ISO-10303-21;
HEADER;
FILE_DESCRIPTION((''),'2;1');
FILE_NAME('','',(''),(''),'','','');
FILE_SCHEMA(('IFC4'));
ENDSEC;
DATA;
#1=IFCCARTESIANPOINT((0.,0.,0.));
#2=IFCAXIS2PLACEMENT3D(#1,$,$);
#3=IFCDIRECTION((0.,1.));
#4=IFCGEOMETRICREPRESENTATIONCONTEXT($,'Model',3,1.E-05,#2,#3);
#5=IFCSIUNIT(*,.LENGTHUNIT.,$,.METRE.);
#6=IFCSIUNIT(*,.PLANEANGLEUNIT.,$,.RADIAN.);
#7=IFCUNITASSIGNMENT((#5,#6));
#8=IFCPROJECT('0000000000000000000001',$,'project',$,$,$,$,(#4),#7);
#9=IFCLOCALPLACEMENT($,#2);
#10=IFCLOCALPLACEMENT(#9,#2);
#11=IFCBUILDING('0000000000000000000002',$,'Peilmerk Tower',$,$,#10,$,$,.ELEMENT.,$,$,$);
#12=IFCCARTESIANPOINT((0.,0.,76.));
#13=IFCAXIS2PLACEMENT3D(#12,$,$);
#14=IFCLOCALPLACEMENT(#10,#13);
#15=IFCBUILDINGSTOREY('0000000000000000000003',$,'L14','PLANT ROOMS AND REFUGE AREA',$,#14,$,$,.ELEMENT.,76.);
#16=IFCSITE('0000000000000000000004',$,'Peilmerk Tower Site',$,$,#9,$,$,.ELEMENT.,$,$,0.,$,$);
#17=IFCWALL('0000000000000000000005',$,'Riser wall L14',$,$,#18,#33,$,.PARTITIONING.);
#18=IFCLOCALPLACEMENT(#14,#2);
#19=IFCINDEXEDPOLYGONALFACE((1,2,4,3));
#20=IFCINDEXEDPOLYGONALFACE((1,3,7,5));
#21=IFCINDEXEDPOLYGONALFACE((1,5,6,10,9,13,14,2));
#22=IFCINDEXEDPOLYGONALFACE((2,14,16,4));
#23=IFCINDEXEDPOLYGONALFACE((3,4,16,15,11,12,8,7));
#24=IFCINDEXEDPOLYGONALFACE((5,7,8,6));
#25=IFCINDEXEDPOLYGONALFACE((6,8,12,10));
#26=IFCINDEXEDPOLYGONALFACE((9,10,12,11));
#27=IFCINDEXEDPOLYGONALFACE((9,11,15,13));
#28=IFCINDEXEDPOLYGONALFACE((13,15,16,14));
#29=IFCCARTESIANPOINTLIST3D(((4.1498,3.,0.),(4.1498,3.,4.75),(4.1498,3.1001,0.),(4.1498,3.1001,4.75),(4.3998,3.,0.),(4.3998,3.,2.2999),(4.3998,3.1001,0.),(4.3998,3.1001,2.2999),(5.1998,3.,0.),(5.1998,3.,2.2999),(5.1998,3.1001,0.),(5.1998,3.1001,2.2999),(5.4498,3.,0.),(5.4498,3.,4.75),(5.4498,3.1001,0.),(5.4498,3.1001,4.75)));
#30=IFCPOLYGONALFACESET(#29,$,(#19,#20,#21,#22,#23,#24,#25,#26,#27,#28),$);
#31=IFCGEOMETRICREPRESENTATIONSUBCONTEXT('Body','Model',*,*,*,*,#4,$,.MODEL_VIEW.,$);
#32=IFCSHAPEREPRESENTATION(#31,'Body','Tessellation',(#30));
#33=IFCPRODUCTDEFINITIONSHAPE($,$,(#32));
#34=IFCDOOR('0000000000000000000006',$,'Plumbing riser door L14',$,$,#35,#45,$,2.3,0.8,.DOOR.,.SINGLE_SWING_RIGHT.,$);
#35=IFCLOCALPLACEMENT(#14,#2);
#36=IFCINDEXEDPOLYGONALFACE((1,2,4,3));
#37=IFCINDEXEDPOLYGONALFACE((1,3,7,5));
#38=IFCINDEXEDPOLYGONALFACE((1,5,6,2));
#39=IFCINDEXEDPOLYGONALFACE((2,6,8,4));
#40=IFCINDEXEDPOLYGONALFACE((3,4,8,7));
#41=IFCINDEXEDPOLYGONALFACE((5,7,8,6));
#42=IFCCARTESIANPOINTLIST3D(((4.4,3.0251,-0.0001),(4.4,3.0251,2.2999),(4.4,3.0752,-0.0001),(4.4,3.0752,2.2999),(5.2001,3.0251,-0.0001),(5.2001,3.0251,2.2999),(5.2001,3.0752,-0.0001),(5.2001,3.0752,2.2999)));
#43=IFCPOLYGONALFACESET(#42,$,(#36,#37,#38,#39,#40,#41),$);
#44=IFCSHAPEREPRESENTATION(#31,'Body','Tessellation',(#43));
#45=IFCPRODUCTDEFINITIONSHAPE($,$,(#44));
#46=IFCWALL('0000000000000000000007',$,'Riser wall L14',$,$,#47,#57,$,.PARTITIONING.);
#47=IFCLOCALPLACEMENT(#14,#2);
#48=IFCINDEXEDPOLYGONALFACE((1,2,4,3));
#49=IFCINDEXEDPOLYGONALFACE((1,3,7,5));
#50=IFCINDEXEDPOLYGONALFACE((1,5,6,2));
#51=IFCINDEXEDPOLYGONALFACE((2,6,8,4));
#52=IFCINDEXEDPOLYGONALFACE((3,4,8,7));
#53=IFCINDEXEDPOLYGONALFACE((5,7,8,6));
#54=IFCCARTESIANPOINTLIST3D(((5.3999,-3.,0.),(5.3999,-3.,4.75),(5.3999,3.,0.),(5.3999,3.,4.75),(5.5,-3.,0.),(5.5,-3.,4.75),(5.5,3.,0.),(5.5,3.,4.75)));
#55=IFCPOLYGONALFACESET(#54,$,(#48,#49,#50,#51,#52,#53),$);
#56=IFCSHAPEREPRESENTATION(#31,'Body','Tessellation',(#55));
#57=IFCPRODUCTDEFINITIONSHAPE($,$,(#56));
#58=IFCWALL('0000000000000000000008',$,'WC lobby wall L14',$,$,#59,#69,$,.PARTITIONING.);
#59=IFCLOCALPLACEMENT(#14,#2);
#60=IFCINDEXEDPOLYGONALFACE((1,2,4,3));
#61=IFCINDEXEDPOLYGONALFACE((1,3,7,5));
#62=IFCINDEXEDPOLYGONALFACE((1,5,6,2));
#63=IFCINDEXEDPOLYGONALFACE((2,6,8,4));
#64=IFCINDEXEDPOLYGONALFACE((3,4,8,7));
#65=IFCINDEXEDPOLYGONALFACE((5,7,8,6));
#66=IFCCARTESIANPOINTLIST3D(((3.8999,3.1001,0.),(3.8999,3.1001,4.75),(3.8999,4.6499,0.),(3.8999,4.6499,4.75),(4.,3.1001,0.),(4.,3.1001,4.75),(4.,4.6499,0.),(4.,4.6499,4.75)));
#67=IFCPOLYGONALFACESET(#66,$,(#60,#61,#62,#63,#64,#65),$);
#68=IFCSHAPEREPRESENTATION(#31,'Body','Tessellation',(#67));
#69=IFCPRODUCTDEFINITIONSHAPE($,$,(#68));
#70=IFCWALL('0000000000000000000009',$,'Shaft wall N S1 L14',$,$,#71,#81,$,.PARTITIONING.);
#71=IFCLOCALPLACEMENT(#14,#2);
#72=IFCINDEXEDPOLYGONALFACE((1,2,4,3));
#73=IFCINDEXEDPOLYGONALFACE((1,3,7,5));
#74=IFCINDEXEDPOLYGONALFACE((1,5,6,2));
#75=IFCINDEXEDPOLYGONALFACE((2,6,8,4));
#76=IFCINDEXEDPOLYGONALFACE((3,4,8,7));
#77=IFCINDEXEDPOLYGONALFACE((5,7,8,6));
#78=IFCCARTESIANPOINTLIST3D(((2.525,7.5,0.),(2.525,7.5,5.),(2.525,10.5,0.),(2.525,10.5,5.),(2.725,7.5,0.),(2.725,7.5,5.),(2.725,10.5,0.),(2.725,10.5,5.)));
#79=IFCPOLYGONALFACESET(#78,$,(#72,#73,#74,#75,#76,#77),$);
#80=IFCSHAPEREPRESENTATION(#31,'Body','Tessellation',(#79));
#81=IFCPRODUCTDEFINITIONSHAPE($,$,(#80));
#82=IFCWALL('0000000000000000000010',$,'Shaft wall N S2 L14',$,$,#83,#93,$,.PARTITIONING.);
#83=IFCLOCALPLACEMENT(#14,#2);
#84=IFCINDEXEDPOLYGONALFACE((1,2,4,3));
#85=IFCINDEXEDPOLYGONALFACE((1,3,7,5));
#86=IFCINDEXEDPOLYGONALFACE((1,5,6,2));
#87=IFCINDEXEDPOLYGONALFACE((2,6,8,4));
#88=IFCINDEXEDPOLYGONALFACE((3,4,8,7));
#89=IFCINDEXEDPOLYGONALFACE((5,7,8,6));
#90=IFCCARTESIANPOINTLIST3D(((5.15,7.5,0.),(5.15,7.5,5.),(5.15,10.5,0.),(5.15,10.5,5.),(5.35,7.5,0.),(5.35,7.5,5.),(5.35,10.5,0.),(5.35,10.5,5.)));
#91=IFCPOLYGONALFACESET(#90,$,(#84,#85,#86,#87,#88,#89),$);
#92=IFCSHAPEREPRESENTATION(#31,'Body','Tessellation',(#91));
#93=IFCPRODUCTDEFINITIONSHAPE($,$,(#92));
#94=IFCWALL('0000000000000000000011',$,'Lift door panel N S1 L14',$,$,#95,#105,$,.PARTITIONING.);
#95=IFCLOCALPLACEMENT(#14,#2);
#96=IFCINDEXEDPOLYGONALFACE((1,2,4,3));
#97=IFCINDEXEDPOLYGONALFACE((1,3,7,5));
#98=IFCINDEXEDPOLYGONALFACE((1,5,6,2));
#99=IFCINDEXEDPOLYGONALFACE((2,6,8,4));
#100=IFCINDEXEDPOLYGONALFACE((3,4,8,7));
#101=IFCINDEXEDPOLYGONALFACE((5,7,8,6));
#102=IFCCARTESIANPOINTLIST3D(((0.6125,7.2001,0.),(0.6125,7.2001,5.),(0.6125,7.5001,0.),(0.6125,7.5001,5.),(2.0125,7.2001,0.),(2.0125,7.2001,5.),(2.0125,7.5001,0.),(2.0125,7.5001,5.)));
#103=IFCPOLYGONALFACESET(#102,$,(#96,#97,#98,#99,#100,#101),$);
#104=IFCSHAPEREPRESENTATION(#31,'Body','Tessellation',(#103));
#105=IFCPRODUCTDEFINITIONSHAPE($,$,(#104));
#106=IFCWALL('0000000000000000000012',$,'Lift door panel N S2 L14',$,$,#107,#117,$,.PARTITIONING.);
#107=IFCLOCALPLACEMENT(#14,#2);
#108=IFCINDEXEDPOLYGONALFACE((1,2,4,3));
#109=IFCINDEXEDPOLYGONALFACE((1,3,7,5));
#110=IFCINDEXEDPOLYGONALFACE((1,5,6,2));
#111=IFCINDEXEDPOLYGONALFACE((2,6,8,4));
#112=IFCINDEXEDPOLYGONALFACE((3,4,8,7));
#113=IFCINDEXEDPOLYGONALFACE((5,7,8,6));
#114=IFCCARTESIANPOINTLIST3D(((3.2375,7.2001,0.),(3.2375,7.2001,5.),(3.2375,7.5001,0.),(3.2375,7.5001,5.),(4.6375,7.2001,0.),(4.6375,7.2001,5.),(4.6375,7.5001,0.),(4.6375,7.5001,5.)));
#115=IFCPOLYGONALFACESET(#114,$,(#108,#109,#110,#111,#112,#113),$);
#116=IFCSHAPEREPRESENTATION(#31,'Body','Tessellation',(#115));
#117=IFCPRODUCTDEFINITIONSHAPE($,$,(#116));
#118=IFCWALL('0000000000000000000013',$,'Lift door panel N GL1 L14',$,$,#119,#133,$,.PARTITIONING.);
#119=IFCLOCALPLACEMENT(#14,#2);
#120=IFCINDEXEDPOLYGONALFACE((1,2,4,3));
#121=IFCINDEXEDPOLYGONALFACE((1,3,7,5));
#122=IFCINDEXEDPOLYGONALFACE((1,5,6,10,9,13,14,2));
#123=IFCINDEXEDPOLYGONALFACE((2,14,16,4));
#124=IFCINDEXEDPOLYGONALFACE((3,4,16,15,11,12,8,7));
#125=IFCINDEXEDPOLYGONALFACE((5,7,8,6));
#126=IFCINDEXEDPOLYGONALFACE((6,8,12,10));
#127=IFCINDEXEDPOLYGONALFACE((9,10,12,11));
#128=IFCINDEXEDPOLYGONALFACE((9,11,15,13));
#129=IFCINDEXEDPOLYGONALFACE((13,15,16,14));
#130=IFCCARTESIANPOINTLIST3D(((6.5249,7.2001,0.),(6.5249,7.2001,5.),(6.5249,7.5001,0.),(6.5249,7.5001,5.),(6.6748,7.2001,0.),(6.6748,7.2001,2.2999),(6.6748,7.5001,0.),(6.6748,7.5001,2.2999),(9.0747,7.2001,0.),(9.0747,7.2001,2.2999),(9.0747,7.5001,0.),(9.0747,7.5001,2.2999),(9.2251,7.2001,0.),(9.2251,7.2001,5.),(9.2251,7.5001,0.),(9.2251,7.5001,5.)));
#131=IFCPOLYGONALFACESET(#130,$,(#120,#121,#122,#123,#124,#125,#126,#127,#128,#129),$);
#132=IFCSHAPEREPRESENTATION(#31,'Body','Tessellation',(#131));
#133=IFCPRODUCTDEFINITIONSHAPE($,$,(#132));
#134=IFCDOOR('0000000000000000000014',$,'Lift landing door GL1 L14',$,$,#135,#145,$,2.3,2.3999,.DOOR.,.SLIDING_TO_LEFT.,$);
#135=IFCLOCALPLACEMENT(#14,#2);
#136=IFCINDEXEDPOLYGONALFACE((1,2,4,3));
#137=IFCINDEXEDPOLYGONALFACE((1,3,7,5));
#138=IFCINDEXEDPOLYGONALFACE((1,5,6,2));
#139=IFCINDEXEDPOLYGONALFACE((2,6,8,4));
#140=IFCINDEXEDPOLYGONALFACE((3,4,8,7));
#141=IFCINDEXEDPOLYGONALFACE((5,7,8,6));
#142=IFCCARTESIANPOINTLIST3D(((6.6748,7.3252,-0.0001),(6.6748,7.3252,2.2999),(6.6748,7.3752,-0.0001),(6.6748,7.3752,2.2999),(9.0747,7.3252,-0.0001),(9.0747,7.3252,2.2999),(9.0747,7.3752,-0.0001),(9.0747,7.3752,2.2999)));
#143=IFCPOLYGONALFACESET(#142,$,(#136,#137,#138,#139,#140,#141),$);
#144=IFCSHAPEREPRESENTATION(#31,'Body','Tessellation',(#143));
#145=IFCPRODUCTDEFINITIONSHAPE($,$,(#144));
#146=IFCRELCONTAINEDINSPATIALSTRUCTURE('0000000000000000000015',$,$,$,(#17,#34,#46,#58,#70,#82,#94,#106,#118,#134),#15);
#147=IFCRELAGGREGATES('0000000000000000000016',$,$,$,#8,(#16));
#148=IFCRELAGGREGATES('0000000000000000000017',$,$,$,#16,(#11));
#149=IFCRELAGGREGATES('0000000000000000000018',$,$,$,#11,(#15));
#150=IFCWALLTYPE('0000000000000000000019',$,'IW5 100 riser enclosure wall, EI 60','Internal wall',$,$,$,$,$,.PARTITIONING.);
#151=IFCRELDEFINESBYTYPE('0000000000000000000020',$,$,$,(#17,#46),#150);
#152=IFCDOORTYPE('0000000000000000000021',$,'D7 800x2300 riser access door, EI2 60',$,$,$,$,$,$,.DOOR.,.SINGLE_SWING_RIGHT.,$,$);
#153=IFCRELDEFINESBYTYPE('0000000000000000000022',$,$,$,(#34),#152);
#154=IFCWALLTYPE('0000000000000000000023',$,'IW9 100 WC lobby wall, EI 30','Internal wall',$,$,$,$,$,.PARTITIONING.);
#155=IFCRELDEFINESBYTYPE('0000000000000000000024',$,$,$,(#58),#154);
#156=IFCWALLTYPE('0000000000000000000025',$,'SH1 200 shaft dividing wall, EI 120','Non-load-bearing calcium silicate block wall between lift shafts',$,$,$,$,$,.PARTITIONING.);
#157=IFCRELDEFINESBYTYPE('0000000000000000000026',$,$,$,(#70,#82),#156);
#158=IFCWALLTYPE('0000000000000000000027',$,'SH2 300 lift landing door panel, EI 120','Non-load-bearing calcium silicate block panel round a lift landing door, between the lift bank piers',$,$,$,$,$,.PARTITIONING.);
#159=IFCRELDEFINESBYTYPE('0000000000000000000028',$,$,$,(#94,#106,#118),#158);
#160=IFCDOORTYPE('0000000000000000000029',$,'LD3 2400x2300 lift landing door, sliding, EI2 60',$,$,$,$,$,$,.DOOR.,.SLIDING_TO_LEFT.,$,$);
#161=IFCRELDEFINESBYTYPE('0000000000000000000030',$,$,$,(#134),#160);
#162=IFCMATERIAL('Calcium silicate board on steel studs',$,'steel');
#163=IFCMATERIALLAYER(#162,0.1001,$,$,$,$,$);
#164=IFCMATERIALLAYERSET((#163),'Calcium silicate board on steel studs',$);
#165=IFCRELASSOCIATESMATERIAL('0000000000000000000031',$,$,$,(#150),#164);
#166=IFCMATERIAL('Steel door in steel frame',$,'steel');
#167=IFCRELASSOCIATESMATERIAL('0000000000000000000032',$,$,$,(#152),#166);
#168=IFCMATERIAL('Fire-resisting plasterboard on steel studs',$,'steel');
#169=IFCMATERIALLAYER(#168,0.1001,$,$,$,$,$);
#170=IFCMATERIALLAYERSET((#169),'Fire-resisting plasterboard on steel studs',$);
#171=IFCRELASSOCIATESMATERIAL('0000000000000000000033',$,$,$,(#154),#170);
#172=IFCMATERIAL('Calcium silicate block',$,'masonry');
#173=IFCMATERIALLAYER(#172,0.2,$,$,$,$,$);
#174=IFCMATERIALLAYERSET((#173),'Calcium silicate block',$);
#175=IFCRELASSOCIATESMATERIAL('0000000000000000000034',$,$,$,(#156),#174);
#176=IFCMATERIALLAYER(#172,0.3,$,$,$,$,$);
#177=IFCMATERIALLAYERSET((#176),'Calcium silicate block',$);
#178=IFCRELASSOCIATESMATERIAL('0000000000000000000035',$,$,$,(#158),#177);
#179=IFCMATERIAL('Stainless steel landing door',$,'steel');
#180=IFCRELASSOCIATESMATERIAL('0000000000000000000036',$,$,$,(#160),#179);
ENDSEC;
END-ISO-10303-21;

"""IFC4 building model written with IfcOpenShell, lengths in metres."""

from ifc_helpers import new_model, si_unit, direction, frame, frame_2d, origin, place, context, subcontext, project, spatial, rectangle, extrude, material, layer, layer_set, type_object, element, fill, save


model = new_model("IFC4")

# Units and contexts
model_context = context("Model", 3, precision=1e-05, world=origin(), true_north=direction((0.0, 1.0)))
body_context = subcontext(model_context, "Body", "Model", "MODEL_VIEW")
ifc_project = project(units=[si_unit("LENGTHUNIT", "METRE"), si_unit("PLANEANGLEUNIT", "RADIAN")], contexts=[model_context])

# Site, building, storey
site_placement = place(None, origin())
site = spatial("IfcSite", under=ifc_project, at=site_placement, Name="Peilmerk Tower Site", CompositionType="ELEMENT", RefElevation=0.0)
building_placement = place(site_placement, origin())
building = spatial("IfcBuilding", under=site, at=building_placement, Name="Peilmerk Tower", CompositionType="ELEMENT")
storey_placement = place(building_placement, frame((0.0, 0.0, 76.0)))
storey = spatial("IfcBuildingStorey", under=building, at=storey_placement, Name="L14", Description="PLANT ROOMS AND REFUGE AREA", CompositionType="ELEMENT", Elevation=76.0)

# Wall, opening, door
ifc_material_1 = material(Name="Calcium silicate board on steel studs", Category="steel")
ifc_layer_1 = layer(ifc_material_1, 0.1001)
ifc_layer_set_1 = layer_set([ifc_layer_1], Name="Calcium silicate board on steel studs")
wall_type_1 = type_object("IfcWallType", Name="IW5 100 riser enclosure wall, EI 60", Description="Internal wall", PredefinedType="PARTITIONING", material=ifc_layer_set_1)
wall_1_placement = place(storey_placement, frame((4.1499, 3.05, 0.0), z_axis=(0.0, 0.0, 1.0), x_axis=(1.0, 0.0, 0.0)))
wall_1 = element("IfcWall", 1, at=wall_1_placement, inside=storey, type_object=wall_type_1, Name="Riser wall L14", PredefinedType="PARTITIONING", context=body_context, shape_type="SweptSolid", body=[
    extrude(rectangle(XDim=1.3, YDim=0.1001, at=frame_2d((0.6499, 0.0))), origin(), (0.0, 0.0, 1.0), 4.75),
])
opening_1_placement = place(wall_1_placement, frame((0.25, 0.0, 0.0)))
opening_1 = element("IfcOpeningElement", 2, at=opening_1_placement, cuts=wall_1, PredefinedType="OPENING", context=body_context, shape_type="SweptSolid", body=[
    extrude(rectangle(XDim=0.8, YDim=2.3, at=frame_2d((0.3999, 1.1499))), frame((0.0, 0.0601, 0.0), z_axis=(0.0, -1.0, 0.0), x_axis=(1.0, 0.0, 0.0)), (0.0, 0.0, 1.0), 0.1201),
])
ifc_material_2 = material(Name="Steel door in steel frame", Category="steel")
door_type_1 = type_object("IfcDoorType", Name="D7 800x2300 riser access door, EI2 60", OperationType="SINGLE_SWING_RIGHT", PredefinedType="DOOR", material=ifc_material_2)
door_1_placement = place(opening_1_placement, frame((0.8, 0.0, 0.0), z_axis=(0.0, 0.0, 1.0), x_axis=(-1.0, 0.0, 0.0)))
door_1 = element("IfcDoor", 3, at=door_1_placement, inside=storey, type_object=door_type_1, Name="Plumbing riser door L14", OperationType="SINGLE_SWING_RIGHT", OverallHeight=2.3, OverallWidth=0.8, PredefinedType="DOOR", context=body_context, shape_type="SweptSolid", body=[
    extrude(rectangle(XDim=0.8, YDim=2.3, at=frame_2d((0.3999, 1.1499))), frame((0.0, 0.0249, 0.0), z_axis=(0.0, -1.0, 0.0), x_axis=(1.0, 0.0, 0.0)), (0.0, 0.0, 1.0), 0.05),
])
fill(opening_1, door_1)

# Walls
wall_2_placement = place(storey_placement, frame((5.45, 3.0, 0.0), z_axis=(0.0, 0.0, 1.0), x_axis=(0.0, -1.0, 0.0)))
element("IfcWall", 4, at=wall_2_placement, inside=storey, type_object=wall_type_1, Name="Riser wall L14", PredefinedType="PARTITIONING", context=body_context, shape_type="SweptSolid", body=[
    extrude(rectangle(XDim=6.0, YDim=0.1001, at=frame_2d((3.0, 0.0))), origin(), (0.0, 0.0, 1.0), 4.75),
])
ifc_material_3 = material(Name="Fire-resisting plasterboard on steel studs", Category="steel")
ifc_layer_2 = layer(ifc_material_3, 0.1001)
ifc_layer_set_2 = layer_set([ifc_layer_2], Name="Fire-resisting plasterboard on steel studs")
wall_type_2 = type_object("IfcWallType", Name="IW9 100 WC lobby wall, EI 30", Description="Internal wall", PredefinedType="PARTITIONING", material=ifc_layer_set_2)
wall_3_placement = place(storey_placement, frame((3.95, 3.1001, 0.0), z_axis=(0.0, 0.0, 1.0), x_axis=(0.0, 1.0, 0.0)))
element("IfcWall", 5, at=wall_3_placement, inside=storey, type_object=wall_type_2, Name="WC lobby wall L14", PredefinedType="PARTITIONING", context=body_context, shape_type="SweptSolid", body=[
    extrude(rectangle(XDim=1.5498, YDim=0.1001, at=frame_2d((0.7749, 0.0))), origin(), (0.0, 0.0, 1.0), 4.75),
])
ifc_material_4 = material(Name="Calcium silicate block", Category="masonry")
ifc_layer_3 = layer(ifc_material_4, 0.2)
ifc_layer_set_3 = layer_set([ifc_layer_3], Name="Calcium silicate block")
wall_type_3 = type_object("IfcWallType", Name="SH1 200 shaft dividing wall, EI 120", Description="Non-load-bearing calcium silicate block wall between lift shafts", PredefinedType="PARTITIONING", material=ifc_layer_set_3)
for number, where, z_axis, x_axis, name in (
    (6, (2.625, 7.5, 0.0), (0.0, 0.0, 1.0), (0.0, 1.0, 0.0), "Shaft wall N S1 L14"),
    (7, (5.25, 7.5, 0.0), (0.0, 0.0, 1.0), (0.0, 1.0, 0.0), "Shaft wall N S2 L14"),
):
    element("IfcWall", number, at=place(storey_placement, frame(where, z_axis=z_axis, x_axis=x_axis)), inside=storey, type_object=wall_type_3, Name=name, PredefinedType="PARTITIONING", context=body_context, shape_type="SweptSolid", body=[
        extrude(rectangle(XDim=3.0, YDim=0.2, at=frame_2d((1.5, 0.0))), origin(), (0.0, 0.0, 1.0), 5.0),
    ])
ifc_layer_4 = layer(ifc_material_4, 0.3)
ifc_layer_set_4 = layer_set([ifc_layer_4], Name="Calcium silicate block")
wall_type_4 = type_object("IfcWallType", Name="SH2 300 lift landing door panel, EI 120", Description="Non-load-bearing calcium silicate block panel round a lift landing door, between the lift bank piers", PredefinedType="PARTITIONING", material=ifc_layer_set_4)
for number, where, z_axis, x_axis, name in (
    (8, (0.6125, 7.3501, 0.0), (0.0, 0.0, 1.0), (1.0, 0.0, 0.0), "Lift door panel N S1 L14"),
    (9, (3.2375, 7.3501, 0.0), (0.0, 0.0, 1.0), (1.0, 0.0, 0.0), "Lift door panel N S2 L14"),
):
    element("IfcWall", number, at=place(storey_placement, frame(where, z_axis=z_axis, x_axis=x_axis)), inside=storey, type_object=wall_type_4, Name=name, PredefinedType="PARTITIONING", context=body_context, shape_type="SweptSolid", body=[
        extrude(rectangle(XDim=1.3999, YDim=0.3, at=frame_2d((0.7, 0.0))), origin(), (0.0, 0.0, 1.0), 5.0),
    ])

# Wall, opening, door
wall_4_placement = place(storey_placement, frame((6.5249, 7.3501, 0.0), z_axis=(0.0, 0.0, 1.0), x_axis=(1.0, 0.0, 0.0)))
wall_4 = element("IfcWall", 10, at=wall_4_placement, inside=storey, type_object=wall_type_4, Name="Lift door panel N GL1 L14", PredefinedType="PARTITIONING", context=body_context, shape_type="SweptSolid", body=[
    extrude(rectangle(XDim=2.7002, YDim=0.3, at=frame_2d((1.3501, 0.0))), origin(), (0.0, 0.0, 1.0), 5.0),
])
opening_2_placement = place(wall_4_placement, frame((0.1499, 0.0, 0.0)))
opening_2 = element("IfcOpeningElement", 11, at=opening_2_placement, cuts=wall_4, PredefinedType="OPENING", context=body_context, shape_type="SweptSolid", body=[
    extrude(rectangle(XDim=2.3999, YDim=2.3, at=frame_2d((1.2, 1.1499))), frame((0.0, 0.1599, 0.0), z_axis=(0.0, -1.0, 0.0), x_axis=(1.0, 0.0, 0.0)), (0.0, 0.0, 1.0), 0.3201),
])
ifc_material_5 = material(Name="Stainless steel landing door", Category="steel")
door_type_2 = type_object("IfcDoorType", Name="LD3 2400x2300 lift landing door, sliding, EI2 60", OperationType="SLIDING_TO_LEFT", PredefinedType="DOOR", material=ifc_material_5)
door_2_placement = place(opening_2_placement, frame((2.3999, 0.0, 0.0), z_axis=(0.0, 0.0, 1.0), x_axis=(-1.0, 0.0, 0.0)))
door_2 = element("IfcDoor", 12, at=door_2_placement, inside=storey, type_object=door_type_2, Name="Lift landing door GL1 L14", OperationType="SLIDING_TO_LEFT", OverallHeight=2.3, OverallWidth=2.3999, PredefinedType="DOOR", context=body_context, shape_type="SweptSolid", body=[
    extrude(rectangle(XDim=2.3999, YDim=2.3, at=frame_2d((1.2, 1.1499))), frame((0.0, 0.0249, 0.0), z_axis=(0.0, -1.0, 0.0), x_axis=(1.0, 0.0, 0.0)), (0.0, 0.0, 1.0), 0.05),
])
fill(opening_2, door_2)

save(model, "model.ifc")
